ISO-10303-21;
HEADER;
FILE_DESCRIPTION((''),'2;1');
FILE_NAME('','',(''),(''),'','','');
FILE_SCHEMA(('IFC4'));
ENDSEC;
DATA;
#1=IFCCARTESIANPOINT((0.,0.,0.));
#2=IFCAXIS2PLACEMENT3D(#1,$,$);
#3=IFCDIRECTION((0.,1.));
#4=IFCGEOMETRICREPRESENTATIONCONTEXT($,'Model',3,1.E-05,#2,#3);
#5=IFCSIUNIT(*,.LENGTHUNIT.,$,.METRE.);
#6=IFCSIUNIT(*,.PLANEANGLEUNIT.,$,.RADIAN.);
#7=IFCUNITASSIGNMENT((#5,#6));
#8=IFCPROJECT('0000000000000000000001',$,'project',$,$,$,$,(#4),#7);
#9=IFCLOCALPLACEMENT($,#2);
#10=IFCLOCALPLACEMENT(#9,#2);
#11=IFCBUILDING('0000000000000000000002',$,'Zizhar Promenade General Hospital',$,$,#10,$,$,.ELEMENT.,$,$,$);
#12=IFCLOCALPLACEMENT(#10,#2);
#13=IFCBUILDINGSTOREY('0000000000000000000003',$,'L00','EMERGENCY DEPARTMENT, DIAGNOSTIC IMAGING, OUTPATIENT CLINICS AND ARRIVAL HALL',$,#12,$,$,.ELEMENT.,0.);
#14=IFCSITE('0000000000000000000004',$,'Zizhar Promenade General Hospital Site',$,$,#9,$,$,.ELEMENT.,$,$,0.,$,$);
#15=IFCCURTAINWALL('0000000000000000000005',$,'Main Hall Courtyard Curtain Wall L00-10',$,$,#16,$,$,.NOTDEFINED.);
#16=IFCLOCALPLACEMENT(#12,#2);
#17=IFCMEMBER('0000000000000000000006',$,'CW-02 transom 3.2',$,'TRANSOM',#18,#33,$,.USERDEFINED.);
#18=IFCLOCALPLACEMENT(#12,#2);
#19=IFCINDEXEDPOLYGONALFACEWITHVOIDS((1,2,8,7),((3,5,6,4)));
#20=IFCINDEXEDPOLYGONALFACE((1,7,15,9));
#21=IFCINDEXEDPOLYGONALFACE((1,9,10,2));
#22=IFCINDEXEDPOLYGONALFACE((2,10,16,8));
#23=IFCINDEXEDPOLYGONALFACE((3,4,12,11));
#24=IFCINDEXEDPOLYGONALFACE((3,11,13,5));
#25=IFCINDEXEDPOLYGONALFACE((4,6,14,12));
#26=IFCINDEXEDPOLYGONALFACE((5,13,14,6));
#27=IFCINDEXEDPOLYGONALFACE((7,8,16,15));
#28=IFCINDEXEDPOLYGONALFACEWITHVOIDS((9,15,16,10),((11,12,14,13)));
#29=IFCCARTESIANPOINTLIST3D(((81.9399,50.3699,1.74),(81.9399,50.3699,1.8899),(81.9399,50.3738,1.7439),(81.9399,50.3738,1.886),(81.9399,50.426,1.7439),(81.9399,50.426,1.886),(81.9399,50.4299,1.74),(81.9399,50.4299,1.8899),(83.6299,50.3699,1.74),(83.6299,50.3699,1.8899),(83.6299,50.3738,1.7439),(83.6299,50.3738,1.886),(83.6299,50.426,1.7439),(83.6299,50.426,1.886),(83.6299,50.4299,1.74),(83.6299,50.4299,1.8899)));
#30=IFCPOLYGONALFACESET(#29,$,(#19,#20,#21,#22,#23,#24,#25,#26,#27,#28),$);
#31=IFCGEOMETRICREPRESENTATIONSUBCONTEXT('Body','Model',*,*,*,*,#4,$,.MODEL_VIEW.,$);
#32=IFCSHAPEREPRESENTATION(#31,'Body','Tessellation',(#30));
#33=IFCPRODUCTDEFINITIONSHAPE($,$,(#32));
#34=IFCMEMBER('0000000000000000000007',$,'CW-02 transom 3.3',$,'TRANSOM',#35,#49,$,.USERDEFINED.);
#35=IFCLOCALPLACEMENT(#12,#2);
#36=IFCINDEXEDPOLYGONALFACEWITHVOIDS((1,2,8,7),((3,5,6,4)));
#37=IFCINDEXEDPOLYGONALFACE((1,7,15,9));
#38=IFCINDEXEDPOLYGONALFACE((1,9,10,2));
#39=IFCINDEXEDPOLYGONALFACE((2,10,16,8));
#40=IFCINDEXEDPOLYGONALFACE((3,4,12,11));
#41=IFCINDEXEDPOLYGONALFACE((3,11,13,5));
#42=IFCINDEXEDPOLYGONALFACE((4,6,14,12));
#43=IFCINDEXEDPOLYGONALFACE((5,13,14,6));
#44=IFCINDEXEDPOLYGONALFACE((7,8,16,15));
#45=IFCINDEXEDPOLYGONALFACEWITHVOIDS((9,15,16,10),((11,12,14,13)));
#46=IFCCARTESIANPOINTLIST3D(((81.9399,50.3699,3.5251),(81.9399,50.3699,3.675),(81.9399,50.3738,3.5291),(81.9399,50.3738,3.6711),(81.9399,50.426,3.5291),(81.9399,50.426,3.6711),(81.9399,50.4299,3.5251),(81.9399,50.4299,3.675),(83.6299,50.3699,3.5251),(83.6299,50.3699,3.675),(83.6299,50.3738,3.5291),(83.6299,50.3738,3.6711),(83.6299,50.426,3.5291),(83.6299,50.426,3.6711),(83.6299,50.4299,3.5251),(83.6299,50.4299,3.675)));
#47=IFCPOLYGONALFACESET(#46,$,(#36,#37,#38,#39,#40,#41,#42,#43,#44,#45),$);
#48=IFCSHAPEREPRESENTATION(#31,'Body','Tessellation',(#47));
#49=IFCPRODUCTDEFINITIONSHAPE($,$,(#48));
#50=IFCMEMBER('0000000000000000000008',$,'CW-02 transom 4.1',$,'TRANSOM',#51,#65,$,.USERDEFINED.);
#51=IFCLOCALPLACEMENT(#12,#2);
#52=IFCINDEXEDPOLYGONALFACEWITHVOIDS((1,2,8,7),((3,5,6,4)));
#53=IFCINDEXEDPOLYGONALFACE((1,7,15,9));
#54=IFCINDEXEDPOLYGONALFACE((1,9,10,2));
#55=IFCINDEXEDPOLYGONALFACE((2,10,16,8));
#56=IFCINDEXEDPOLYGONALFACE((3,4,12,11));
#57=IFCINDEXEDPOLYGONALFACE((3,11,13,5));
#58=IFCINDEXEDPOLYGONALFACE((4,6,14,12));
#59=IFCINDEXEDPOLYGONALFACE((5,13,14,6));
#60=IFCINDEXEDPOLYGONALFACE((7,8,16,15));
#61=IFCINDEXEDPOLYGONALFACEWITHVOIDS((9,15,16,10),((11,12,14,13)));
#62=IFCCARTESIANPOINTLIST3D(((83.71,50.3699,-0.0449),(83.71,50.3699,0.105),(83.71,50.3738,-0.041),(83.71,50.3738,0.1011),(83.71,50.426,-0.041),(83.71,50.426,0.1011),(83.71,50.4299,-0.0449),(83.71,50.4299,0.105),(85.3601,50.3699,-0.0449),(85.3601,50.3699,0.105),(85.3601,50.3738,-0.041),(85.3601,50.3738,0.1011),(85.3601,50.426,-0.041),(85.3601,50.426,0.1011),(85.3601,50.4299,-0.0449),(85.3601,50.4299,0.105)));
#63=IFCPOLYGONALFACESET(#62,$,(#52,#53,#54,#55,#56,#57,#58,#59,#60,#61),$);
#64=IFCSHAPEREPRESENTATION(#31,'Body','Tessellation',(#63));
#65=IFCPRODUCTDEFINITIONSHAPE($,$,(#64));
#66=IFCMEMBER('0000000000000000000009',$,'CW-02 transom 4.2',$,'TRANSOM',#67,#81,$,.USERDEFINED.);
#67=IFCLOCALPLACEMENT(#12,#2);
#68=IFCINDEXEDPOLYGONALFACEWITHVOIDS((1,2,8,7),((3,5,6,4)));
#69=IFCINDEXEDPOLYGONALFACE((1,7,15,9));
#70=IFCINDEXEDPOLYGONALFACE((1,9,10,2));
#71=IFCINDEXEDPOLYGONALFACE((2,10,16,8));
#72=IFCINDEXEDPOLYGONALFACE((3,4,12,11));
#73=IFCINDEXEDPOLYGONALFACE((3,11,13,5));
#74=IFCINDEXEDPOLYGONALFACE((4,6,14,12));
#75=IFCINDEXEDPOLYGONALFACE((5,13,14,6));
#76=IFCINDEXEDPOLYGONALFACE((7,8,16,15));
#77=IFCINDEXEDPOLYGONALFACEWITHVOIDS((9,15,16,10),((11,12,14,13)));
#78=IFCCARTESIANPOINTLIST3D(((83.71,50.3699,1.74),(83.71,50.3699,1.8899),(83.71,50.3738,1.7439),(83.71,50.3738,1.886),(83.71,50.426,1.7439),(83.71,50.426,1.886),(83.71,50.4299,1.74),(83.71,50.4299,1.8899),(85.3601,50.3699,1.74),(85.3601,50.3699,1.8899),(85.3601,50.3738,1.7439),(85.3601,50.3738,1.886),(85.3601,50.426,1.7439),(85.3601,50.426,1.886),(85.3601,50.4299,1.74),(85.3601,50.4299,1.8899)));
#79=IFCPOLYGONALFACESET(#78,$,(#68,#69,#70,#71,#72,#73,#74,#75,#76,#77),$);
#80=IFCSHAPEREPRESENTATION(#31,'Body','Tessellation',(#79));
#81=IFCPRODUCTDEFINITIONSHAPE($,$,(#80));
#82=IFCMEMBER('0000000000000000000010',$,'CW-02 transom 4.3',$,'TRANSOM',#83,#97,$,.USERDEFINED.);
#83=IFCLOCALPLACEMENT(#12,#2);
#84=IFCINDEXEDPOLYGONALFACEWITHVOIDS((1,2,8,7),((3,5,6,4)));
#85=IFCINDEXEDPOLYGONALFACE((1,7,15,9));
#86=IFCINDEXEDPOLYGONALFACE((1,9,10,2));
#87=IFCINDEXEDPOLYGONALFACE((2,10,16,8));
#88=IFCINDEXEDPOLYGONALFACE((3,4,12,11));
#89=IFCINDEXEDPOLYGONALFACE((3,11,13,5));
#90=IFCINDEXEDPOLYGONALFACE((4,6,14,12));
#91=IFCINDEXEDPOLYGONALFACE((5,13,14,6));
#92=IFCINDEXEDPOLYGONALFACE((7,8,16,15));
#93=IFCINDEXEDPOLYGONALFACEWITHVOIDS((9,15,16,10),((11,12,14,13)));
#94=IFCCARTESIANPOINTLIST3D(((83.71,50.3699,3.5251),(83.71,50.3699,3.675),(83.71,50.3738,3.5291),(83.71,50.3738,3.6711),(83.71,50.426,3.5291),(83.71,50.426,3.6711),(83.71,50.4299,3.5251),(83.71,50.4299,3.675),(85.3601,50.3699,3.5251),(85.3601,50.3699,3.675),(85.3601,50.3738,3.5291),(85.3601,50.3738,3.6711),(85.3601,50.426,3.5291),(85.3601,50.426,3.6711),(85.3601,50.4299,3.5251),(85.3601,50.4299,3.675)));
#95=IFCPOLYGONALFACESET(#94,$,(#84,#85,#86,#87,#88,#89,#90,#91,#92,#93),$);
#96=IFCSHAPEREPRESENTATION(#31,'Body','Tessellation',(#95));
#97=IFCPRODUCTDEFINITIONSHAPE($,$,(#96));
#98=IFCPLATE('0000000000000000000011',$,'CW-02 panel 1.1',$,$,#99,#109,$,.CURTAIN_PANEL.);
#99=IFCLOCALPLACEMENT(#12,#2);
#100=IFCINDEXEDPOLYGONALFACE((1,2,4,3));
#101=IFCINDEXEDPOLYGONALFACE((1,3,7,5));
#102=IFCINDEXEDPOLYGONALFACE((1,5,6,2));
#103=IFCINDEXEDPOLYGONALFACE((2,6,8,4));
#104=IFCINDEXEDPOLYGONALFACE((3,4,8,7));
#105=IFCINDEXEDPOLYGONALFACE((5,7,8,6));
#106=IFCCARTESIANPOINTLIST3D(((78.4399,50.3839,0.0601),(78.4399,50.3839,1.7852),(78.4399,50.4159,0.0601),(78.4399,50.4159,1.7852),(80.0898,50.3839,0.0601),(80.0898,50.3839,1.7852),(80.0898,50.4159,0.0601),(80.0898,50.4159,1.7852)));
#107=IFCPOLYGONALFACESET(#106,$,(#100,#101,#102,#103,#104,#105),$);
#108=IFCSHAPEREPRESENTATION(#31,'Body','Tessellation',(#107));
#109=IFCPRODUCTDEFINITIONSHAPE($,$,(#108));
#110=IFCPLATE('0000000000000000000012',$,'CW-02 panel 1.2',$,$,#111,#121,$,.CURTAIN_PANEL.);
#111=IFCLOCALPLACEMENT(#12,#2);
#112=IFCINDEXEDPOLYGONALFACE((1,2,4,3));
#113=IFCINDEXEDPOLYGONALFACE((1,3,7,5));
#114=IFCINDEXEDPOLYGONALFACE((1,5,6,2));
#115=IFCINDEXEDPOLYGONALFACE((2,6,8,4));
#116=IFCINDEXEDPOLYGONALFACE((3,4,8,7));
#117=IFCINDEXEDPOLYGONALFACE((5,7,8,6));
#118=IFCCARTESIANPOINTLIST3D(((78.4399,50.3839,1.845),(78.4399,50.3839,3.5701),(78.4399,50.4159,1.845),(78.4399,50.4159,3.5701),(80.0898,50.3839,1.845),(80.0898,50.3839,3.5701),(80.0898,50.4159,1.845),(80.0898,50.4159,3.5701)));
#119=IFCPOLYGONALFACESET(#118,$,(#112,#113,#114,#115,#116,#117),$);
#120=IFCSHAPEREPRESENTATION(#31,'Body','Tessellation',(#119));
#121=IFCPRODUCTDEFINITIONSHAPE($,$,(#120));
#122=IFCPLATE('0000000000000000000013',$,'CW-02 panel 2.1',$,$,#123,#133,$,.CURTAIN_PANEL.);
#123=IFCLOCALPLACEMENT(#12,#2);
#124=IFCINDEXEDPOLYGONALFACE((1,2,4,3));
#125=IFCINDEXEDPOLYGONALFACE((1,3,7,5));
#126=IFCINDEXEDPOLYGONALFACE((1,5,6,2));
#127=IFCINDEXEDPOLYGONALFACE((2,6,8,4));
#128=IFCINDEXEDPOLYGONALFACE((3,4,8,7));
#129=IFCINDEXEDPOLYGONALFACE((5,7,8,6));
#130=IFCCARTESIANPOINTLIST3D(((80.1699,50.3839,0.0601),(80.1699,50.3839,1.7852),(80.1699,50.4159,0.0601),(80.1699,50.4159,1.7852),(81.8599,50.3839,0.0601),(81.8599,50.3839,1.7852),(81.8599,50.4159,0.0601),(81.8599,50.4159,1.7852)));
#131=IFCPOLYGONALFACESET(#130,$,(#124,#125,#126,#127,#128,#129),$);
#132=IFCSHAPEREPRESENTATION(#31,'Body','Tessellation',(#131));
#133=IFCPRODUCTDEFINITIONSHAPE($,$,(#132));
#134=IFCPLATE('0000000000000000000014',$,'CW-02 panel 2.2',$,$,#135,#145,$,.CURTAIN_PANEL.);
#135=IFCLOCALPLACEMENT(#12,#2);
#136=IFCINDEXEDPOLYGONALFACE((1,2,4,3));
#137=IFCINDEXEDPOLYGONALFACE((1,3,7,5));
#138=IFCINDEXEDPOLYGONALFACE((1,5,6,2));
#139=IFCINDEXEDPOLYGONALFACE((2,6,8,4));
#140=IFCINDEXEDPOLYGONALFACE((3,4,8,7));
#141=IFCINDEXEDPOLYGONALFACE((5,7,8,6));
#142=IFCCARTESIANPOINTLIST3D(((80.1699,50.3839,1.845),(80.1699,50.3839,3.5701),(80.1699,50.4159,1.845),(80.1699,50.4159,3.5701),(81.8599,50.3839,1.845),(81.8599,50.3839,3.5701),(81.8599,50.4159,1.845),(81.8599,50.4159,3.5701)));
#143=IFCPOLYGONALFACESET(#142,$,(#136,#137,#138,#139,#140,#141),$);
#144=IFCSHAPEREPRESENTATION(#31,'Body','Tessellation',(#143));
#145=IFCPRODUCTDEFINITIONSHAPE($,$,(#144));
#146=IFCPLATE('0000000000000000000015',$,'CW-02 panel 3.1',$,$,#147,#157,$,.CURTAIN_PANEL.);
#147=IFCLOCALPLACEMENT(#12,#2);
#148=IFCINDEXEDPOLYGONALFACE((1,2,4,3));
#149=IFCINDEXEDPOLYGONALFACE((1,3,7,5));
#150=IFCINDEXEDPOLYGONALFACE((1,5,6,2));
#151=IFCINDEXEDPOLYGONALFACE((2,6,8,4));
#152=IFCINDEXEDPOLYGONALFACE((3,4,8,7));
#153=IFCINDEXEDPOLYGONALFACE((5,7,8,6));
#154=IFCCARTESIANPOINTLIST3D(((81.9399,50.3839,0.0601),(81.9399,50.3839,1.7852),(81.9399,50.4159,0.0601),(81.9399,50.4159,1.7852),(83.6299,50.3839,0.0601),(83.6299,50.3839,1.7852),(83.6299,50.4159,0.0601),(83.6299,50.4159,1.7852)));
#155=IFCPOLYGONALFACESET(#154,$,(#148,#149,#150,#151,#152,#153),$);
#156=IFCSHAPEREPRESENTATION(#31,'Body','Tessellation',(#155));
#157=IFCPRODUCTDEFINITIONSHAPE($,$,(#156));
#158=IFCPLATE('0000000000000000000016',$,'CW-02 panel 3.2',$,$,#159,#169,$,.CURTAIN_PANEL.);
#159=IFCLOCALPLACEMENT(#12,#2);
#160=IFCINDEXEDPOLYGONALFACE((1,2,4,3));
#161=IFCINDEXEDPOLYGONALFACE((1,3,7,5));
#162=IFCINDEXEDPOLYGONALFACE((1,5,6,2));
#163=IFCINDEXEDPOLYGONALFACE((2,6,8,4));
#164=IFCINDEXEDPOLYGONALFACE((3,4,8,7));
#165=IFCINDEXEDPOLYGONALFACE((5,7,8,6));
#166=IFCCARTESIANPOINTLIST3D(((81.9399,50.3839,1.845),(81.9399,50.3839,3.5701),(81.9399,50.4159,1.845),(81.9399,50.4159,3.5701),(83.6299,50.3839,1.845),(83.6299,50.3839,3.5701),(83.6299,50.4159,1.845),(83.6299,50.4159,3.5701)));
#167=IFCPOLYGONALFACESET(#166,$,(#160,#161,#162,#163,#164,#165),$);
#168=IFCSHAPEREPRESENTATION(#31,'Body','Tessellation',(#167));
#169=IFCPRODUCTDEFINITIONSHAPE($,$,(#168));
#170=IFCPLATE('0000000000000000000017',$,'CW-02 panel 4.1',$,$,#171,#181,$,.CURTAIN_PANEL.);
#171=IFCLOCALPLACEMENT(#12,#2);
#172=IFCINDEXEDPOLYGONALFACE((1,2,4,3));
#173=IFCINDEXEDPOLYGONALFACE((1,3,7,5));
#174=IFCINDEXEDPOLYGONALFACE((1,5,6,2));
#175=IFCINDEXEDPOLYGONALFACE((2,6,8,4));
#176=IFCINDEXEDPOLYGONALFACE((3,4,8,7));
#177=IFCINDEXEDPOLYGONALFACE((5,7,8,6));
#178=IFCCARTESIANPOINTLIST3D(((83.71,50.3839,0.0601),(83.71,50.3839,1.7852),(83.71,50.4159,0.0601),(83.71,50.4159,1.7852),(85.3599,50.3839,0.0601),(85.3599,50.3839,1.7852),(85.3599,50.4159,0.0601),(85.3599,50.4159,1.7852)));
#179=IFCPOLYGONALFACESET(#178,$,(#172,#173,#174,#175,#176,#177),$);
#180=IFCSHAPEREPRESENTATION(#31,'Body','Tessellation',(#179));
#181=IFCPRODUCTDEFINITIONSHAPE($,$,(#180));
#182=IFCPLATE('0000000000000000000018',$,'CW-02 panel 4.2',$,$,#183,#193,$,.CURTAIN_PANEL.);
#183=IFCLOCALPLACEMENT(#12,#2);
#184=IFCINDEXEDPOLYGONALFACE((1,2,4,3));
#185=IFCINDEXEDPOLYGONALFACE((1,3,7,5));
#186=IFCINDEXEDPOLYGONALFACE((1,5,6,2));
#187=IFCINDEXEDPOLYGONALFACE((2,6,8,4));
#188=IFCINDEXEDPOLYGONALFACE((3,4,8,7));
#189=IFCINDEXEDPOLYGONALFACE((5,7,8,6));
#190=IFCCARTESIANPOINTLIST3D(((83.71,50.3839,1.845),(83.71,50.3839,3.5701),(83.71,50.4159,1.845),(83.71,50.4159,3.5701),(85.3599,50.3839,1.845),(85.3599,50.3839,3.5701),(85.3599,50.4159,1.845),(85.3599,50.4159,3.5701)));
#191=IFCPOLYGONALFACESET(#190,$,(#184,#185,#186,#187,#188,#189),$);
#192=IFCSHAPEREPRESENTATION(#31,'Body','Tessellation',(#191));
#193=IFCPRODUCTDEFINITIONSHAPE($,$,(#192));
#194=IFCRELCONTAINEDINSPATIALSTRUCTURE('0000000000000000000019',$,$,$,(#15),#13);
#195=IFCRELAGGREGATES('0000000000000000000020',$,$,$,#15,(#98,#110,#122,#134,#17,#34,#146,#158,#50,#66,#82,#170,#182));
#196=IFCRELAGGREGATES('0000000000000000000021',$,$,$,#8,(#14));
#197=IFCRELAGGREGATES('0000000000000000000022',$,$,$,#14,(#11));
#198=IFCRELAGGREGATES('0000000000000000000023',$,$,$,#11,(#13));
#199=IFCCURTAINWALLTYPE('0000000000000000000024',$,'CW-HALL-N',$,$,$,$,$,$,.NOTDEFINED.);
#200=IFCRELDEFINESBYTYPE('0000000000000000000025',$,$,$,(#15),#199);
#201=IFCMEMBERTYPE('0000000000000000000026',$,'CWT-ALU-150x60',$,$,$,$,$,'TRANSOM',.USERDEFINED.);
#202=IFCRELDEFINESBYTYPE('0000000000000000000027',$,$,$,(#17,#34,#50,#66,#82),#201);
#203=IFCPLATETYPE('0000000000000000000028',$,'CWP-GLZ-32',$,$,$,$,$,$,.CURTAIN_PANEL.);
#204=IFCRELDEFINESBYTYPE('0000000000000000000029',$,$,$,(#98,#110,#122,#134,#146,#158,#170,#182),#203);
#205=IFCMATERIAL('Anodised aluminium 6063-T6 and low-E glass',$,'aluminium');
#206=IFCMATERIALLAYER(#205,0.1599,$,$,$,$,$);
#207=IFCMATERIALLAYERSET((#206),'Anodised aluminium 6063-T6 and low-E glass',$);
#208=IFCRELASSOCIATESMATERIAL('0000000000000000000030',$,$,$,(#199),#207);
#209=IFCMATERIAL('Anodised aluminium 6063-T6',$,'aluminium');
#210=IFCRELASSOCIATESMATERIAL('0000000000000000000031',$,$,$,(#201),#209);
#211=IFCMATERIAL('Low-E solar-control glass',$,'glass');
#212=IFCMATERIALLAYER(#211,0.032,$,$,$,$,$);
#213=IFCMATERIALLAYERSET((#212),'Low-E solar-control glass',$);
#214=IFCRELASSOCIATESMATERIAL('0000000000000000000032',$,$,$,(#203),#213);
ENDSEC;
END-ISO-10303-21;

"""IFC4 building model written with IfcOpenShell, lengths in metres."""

from ifc_helpers import new_model, si_unit, direction, frame, origin, origin_2d, place, context, subcontext, project, spatial, rectangle, hollow_rectangle, extrude, material, layer, layer_set, material_profile, profile_set, type_object, element, aggregate, save


model = new_model("IFC4")

# Units and contexts
model_context = context("Model", 3, precision=1e-05, world=origin(), true_north=direction((0.0, 1.0)))
body_context = subcontext(model_context, "Body", "Model", "MODEL_VIEW")
ifc_project = project(units=[si_unit("LENGTHUNIT", "METRE"), si_unit("PLANEANGLEUNIT", "RADIAN")], contexts=[model_context])

# Site, building, storey
site_placement = place(None, origin())
site = spatial("IfcSite", under=ifc_project, at=site_placement, Name="Zizhar Promenade General Hospital Site", CompositionType="ELEMENT", RefElevation=0.0)
building_placement = place(site_placement, origin())
building = spatial("IfcBuilding", under=site, at=building_placement, Name="Zizhar Promenade General Hospital", CompositionType="ELEMENT")
storey_placement = place(building_placement, origin())
storey = spatial("IfcBuildingStorey", under=building, at=storey_placement, Name="L00", Description="EMERGENCY DEPARTMENT, DIAGNOSTIC IMAGING, OUTPATIENT CLINICS AND ARRIVAL HALL", CompositionType="ELEMENT", Elevation=0.0)

# Curtain wall, members, plates
ifc_material_1 = material(Name="Anodised aluminium 6063-T6 and low-E glass", Category="aluminium")
ifc_layer_1 = layer(ifc_material_1, 0.1599)
ifc_layer_set_1 = layer_set([ifc_layer_1], Name="Anodised aluminium 6063-T6 and low-E glass")
curtain_wall_type = type_object("IfcCurtainWallType", Name="CW-HALL-N", PredefinedType="NOTDEFINED", material=ifc_layer_set_1)
curtain_wall_placement = place(storey_placement, origin())
curtain_wall = element("IfcCurtainWall", 1, at=curtain_wall_placement, inside=storey, type_object=curtain_wall_type, Name="Main Hall Courtyard Curtain Wall L00-10", PredefinedType="NOTDEFINED")
ifc_material_2 = material(Name="Anodised aluminium 6063-T6", Category="aluminium")
ifc_material_profile_1 = material_profile(ifc_material_2, hollow_rectangle(XDim=0.0601, YDim=0.1499, WallThickness=0.0039, at=origin_2d()))
ifc_profile_set_1 = profile_set([ifc_material_profile_1], Name="Anodised aluminium 6063-T6")
member_type_1 = type_object("IfcMemberType", Name="CWT-ALU-150x60", ElementType="TRANSOM", PredefinedType="USERDEFINED", material=ifc_profile_set_1)
member_1_placement = place(storey_placement, frame((81.9399, 50.3999, 1.8149), z_axis=(1.0, 0.0, 0.0), x_axis=(0.0, 1.0, 0.0)))
member_1 = element("IfcMember", 2, at=member_1_placement, type_object=member_type_1, Name="CW-02 transom 3.2", ObjectType="TRANSOM", PredefinedType="USERDEFINED", context=body_context, shape_type="SweptSolid", body=[
    extrude(hollow_rectangle(XDim=0.0601, YDim=0.1499, WallThickness=0.0039, at=origin_2d()), origin(), (0.0, 0.0, 1.0), 1.6899),
])
member_2_placement = place(storey_placement, frame((81.9399, 50.3999, 3.6001), z_axis=(1.0, 0.0, 0.0), x_axis=(0.0, 1.0, 0.0)))
member_2 = element("IfcMember", 3, at=member_2_placement, type_object=member_type_1, Name="CW-02 transom 3.3", ObjectType="TRANSOM", PredefinedType="USERDEFINED", context=body_context, shape_type="SweptSolid", body=[
    extrude(hollow_rectangle(XDim=0.0601, YDim=0.1499, WallThickness=0.0039, at=origin_2d()), origin(), (0.0, 0.0, 1.0), 1.6899),
])
member_3_placement = place(storey_placement, frame((83.71, 50.3999, 0.03), z_axis=(1.0, 0.0, 0.0), x_axis=(0.0, 1.0, 0.0)))
member_3 = element("IfcMember", 4, at=member_3_placement, type_object=member_type_1, Name="CW-02 transom 4.1", ObjectType="TRANSOM", PredefinedType="USERDEFINED", context=body_context, shape_type="SweptSolid", body=[
    extrude(hollow_rectangle(XDim=0.0601, YDim=0.1499, WallThickness=0.0039, at=origin_2d()), origin(), (0.0, 0.0, 1.0), 1.6501),
])
member_4_placement = place(storey_placement, frame((83.71, 50.3999, 1.8149), z_axis=(1.0, 0.0, 0.0), x_axis=(0.0, 1.0, 0.0)))
member_4 = element("IfcMember", 5, at=member_4_placement, type_object=member_type_1, Name="CW-02 transom 4.2", ObjectType="TRANSOM", PredefinedType="USERDEFINED", context=body_context, shape_type="SweptSolid", body=[
    extrude(hollow_rectangle(XDim=0.0601, YDim=0.1499, WallThickness=0.0039, at=origin_2d()), origin(), (0.0, 0.0, 1.0), 1.6501),
])
member_5_placement = place(storey_placement, frame((83.71, 50.3999, 3.6001), z_axis=(1.0, 0.0, 0.0), x_axis=(0.0, 1.0, 0.0)))
member_5 = element("IfcMember", 6, at=member_5_placement, type_object=member_type_1, Name="CW-02 transom 4.3", ObjectType="TRANSOM", PredefinedType="USERDEFINED", context=body_context, shape_type="SweptSolid", body=[
    extrude(hollow_rectangle(XDim=0.0601, YDim=0.1499, WallThickness=0.0039, at=origin_2d()), origin(), (0.0, 0.0, 1.0), 1.6501),
])
ifc_material_3 = material(Name="Low-E solar-control glass", Category="glass")
ifc_layer_2 = layer(ifc_material_3, 0.032)
ifc_layer_set_2 = layer_set([ifc_layer_2], Name="Low-E solar-control glass")
plate_type = type_object("IfcPlateType", Name="CWP-GLZ-32", PredefinedType="CURTAIN_PANEL", material=ifc_layer_set_2)
plate_1_placement = place(storey_placement, frame((79.2649, 50.3999, 0.0601), z_axis=(0.0, 0.0, 1.0), x_axis=(1.0, 0.0, 0.0)))
plate_1 = element("IfcPlate", 7, at=plate_1_placement, type_object=plate_type, Name="CW-02 panel 1.1", PredefinedType="CURTAIN_PANEL", context=body_context, shape_type="SweptSolid", body=[
    extrude(rectangle(XDim=1.6499, YDim=0.032, at=origin_2d()), origin(), (0.0, 0.0, 1.0), 1.7251),
])
plate_2_placement = place(storey_placement, frame((79.2649, 50.3999, 1.845), z_axis=(0.0, 0.0, 1.0), x_axis=(1.0, 0.0, 0.0)))
plate_2 = element("IfcPlate", 8, at=plate_2_placement, type_object=plate_type, Name="CW-02 panel 1.2", PredefinedType="CURTAIN_PANEL", context=body_context, shape_type="SweptSolid", body=[
    extrude(rectangle(XDim=1.6499, YDim=0.032, at=origin_2d()), origin(), (0.0, 0.0, 1.0), 1.7251),
])
plate_3_placement = place(storey_placement, frame((81.0149, 50.3999, 0.0601), z_axis=(0.0, 0.0, 1.0), x_axis=(1.0, 0.0, 0.0)))
plate_3 = element("IfcPlate", 9, at=plate_3_placement, type_object=plate_type, Name="CW-02 panel 2.1", PredefinedType="CURTAIN_PANEL", context=body_context, shape_type="SweptSolid", body=[
    extrude(rectangle(XDim=1.6899, YDim=0.032, at=origin_2d()), origin(), (0.0, 0.0, 1.0), 1.7251),
])
plate_4_placement = place(storey_placement, frame((81.0149, 50.3999, 1.845), z_axis=(0.0, 0.0, 1.0), x_axis=(1.0, 0.0, 0.0)))
plate_4 = element("IfcPlate", 10, at=plate_4_placement, type_object=plate_type, Name="CW-02 panel 2.2", PredefinedType="CURTAIN_PANEL", context=body_context, shape_type="SweptSolid", body=[
    extrude(rectangle(XDim=1.6899, YDim=0.032, at=origin_2d()), origin(), (0.0, 0.0, 1.0), 1.7251),
])
plate_5_placement = place(storey_placement, frame((82.7849, 50.3999, 0.0601), z_axis=(0.0, 0.0, 1.0), x_axis=(1.0, 0.0, 0.0)))
plate_5 = element("IfcPlate", 11, at=plate_5_placement, type_object=plate_type, Name="CW-02 panel 3.1", PredefinedType="CURTAIN_PANEL", context=body_context, shape_type="SweptSolid", body=[
    extrude(rectangle(XDim=1.6899, YDim=0.032, at=origin_2d()), origin(), (0.0, 0.0, 1.0), 1.7251),
])
plate_6_placement = place(storey_placement, frame((82.7849, 50.3999, 1.845), z_axis=(0.0, 0.0, 1.0), x_axis=(1.0, 0.0, 0.0)))
plate_6 = element("IfcPlate", 12, at=plate_6_placement, type_object=plate_type, Name="CW-02 panel 3.2", PredefinedType="CURTAIN_PANEL", context=body_context, shape_type="SweptSolid", body=[
    extrude(rectangle(XDim=1.6899, YDim=0.032, at=origin_2d()), origin(), (0.0, 0.0, 1.0), 1.7251),
])
plate_7_placement = place(storey_placement, frame((84.5349, 50.3999, 0.0601), z_axis=(0.0, 0.0, 1.0), x_axis=(1.0, 0.0, 0.0)))
plate_7 = element("IfcPlate", 13, at=plate_7_placement, type_object=plate_type, Name="CW-02 panel 4.1", PredefinedType="CURTAIN_PANEL", context=body_context, shape_type="SweptSolid", body=[
    extrude(rectangle(XDim=1.6499, YDim=0.032, at=origin_2d()), origin(), (0.0, 0.0, 1.0), 1.7251),
])
plate_8_placement = place(storey_placement, frame((84.5349, 50.3999, 1.845), z_axis=(0.0, 0.0, 1.0), x_axis=(1.0, 0.0, 0.0)))
plate_8 = element("IfcPlate", 14, at=plate_8_placement, type_object=plate_type, Name="CW-02 panel 4.2", PredefinedType="CURTAIN_PANEL", context=body_context, shape_type="SweptSolid", body=[
    extrude(rectangle(XDim=1.6499, YDim=0.032, at=origin_2d()), origin(), (0.0, 0.0, 1.0), 1.7251),
])
aggregate(curtain_wall, [plate_1, plate_2, plate_3, plate_4, member_1, member_2, plate_5, plate_6, member_3, member_4, member_5, plate_7, plate_8])

save(model, "model.ifc")
